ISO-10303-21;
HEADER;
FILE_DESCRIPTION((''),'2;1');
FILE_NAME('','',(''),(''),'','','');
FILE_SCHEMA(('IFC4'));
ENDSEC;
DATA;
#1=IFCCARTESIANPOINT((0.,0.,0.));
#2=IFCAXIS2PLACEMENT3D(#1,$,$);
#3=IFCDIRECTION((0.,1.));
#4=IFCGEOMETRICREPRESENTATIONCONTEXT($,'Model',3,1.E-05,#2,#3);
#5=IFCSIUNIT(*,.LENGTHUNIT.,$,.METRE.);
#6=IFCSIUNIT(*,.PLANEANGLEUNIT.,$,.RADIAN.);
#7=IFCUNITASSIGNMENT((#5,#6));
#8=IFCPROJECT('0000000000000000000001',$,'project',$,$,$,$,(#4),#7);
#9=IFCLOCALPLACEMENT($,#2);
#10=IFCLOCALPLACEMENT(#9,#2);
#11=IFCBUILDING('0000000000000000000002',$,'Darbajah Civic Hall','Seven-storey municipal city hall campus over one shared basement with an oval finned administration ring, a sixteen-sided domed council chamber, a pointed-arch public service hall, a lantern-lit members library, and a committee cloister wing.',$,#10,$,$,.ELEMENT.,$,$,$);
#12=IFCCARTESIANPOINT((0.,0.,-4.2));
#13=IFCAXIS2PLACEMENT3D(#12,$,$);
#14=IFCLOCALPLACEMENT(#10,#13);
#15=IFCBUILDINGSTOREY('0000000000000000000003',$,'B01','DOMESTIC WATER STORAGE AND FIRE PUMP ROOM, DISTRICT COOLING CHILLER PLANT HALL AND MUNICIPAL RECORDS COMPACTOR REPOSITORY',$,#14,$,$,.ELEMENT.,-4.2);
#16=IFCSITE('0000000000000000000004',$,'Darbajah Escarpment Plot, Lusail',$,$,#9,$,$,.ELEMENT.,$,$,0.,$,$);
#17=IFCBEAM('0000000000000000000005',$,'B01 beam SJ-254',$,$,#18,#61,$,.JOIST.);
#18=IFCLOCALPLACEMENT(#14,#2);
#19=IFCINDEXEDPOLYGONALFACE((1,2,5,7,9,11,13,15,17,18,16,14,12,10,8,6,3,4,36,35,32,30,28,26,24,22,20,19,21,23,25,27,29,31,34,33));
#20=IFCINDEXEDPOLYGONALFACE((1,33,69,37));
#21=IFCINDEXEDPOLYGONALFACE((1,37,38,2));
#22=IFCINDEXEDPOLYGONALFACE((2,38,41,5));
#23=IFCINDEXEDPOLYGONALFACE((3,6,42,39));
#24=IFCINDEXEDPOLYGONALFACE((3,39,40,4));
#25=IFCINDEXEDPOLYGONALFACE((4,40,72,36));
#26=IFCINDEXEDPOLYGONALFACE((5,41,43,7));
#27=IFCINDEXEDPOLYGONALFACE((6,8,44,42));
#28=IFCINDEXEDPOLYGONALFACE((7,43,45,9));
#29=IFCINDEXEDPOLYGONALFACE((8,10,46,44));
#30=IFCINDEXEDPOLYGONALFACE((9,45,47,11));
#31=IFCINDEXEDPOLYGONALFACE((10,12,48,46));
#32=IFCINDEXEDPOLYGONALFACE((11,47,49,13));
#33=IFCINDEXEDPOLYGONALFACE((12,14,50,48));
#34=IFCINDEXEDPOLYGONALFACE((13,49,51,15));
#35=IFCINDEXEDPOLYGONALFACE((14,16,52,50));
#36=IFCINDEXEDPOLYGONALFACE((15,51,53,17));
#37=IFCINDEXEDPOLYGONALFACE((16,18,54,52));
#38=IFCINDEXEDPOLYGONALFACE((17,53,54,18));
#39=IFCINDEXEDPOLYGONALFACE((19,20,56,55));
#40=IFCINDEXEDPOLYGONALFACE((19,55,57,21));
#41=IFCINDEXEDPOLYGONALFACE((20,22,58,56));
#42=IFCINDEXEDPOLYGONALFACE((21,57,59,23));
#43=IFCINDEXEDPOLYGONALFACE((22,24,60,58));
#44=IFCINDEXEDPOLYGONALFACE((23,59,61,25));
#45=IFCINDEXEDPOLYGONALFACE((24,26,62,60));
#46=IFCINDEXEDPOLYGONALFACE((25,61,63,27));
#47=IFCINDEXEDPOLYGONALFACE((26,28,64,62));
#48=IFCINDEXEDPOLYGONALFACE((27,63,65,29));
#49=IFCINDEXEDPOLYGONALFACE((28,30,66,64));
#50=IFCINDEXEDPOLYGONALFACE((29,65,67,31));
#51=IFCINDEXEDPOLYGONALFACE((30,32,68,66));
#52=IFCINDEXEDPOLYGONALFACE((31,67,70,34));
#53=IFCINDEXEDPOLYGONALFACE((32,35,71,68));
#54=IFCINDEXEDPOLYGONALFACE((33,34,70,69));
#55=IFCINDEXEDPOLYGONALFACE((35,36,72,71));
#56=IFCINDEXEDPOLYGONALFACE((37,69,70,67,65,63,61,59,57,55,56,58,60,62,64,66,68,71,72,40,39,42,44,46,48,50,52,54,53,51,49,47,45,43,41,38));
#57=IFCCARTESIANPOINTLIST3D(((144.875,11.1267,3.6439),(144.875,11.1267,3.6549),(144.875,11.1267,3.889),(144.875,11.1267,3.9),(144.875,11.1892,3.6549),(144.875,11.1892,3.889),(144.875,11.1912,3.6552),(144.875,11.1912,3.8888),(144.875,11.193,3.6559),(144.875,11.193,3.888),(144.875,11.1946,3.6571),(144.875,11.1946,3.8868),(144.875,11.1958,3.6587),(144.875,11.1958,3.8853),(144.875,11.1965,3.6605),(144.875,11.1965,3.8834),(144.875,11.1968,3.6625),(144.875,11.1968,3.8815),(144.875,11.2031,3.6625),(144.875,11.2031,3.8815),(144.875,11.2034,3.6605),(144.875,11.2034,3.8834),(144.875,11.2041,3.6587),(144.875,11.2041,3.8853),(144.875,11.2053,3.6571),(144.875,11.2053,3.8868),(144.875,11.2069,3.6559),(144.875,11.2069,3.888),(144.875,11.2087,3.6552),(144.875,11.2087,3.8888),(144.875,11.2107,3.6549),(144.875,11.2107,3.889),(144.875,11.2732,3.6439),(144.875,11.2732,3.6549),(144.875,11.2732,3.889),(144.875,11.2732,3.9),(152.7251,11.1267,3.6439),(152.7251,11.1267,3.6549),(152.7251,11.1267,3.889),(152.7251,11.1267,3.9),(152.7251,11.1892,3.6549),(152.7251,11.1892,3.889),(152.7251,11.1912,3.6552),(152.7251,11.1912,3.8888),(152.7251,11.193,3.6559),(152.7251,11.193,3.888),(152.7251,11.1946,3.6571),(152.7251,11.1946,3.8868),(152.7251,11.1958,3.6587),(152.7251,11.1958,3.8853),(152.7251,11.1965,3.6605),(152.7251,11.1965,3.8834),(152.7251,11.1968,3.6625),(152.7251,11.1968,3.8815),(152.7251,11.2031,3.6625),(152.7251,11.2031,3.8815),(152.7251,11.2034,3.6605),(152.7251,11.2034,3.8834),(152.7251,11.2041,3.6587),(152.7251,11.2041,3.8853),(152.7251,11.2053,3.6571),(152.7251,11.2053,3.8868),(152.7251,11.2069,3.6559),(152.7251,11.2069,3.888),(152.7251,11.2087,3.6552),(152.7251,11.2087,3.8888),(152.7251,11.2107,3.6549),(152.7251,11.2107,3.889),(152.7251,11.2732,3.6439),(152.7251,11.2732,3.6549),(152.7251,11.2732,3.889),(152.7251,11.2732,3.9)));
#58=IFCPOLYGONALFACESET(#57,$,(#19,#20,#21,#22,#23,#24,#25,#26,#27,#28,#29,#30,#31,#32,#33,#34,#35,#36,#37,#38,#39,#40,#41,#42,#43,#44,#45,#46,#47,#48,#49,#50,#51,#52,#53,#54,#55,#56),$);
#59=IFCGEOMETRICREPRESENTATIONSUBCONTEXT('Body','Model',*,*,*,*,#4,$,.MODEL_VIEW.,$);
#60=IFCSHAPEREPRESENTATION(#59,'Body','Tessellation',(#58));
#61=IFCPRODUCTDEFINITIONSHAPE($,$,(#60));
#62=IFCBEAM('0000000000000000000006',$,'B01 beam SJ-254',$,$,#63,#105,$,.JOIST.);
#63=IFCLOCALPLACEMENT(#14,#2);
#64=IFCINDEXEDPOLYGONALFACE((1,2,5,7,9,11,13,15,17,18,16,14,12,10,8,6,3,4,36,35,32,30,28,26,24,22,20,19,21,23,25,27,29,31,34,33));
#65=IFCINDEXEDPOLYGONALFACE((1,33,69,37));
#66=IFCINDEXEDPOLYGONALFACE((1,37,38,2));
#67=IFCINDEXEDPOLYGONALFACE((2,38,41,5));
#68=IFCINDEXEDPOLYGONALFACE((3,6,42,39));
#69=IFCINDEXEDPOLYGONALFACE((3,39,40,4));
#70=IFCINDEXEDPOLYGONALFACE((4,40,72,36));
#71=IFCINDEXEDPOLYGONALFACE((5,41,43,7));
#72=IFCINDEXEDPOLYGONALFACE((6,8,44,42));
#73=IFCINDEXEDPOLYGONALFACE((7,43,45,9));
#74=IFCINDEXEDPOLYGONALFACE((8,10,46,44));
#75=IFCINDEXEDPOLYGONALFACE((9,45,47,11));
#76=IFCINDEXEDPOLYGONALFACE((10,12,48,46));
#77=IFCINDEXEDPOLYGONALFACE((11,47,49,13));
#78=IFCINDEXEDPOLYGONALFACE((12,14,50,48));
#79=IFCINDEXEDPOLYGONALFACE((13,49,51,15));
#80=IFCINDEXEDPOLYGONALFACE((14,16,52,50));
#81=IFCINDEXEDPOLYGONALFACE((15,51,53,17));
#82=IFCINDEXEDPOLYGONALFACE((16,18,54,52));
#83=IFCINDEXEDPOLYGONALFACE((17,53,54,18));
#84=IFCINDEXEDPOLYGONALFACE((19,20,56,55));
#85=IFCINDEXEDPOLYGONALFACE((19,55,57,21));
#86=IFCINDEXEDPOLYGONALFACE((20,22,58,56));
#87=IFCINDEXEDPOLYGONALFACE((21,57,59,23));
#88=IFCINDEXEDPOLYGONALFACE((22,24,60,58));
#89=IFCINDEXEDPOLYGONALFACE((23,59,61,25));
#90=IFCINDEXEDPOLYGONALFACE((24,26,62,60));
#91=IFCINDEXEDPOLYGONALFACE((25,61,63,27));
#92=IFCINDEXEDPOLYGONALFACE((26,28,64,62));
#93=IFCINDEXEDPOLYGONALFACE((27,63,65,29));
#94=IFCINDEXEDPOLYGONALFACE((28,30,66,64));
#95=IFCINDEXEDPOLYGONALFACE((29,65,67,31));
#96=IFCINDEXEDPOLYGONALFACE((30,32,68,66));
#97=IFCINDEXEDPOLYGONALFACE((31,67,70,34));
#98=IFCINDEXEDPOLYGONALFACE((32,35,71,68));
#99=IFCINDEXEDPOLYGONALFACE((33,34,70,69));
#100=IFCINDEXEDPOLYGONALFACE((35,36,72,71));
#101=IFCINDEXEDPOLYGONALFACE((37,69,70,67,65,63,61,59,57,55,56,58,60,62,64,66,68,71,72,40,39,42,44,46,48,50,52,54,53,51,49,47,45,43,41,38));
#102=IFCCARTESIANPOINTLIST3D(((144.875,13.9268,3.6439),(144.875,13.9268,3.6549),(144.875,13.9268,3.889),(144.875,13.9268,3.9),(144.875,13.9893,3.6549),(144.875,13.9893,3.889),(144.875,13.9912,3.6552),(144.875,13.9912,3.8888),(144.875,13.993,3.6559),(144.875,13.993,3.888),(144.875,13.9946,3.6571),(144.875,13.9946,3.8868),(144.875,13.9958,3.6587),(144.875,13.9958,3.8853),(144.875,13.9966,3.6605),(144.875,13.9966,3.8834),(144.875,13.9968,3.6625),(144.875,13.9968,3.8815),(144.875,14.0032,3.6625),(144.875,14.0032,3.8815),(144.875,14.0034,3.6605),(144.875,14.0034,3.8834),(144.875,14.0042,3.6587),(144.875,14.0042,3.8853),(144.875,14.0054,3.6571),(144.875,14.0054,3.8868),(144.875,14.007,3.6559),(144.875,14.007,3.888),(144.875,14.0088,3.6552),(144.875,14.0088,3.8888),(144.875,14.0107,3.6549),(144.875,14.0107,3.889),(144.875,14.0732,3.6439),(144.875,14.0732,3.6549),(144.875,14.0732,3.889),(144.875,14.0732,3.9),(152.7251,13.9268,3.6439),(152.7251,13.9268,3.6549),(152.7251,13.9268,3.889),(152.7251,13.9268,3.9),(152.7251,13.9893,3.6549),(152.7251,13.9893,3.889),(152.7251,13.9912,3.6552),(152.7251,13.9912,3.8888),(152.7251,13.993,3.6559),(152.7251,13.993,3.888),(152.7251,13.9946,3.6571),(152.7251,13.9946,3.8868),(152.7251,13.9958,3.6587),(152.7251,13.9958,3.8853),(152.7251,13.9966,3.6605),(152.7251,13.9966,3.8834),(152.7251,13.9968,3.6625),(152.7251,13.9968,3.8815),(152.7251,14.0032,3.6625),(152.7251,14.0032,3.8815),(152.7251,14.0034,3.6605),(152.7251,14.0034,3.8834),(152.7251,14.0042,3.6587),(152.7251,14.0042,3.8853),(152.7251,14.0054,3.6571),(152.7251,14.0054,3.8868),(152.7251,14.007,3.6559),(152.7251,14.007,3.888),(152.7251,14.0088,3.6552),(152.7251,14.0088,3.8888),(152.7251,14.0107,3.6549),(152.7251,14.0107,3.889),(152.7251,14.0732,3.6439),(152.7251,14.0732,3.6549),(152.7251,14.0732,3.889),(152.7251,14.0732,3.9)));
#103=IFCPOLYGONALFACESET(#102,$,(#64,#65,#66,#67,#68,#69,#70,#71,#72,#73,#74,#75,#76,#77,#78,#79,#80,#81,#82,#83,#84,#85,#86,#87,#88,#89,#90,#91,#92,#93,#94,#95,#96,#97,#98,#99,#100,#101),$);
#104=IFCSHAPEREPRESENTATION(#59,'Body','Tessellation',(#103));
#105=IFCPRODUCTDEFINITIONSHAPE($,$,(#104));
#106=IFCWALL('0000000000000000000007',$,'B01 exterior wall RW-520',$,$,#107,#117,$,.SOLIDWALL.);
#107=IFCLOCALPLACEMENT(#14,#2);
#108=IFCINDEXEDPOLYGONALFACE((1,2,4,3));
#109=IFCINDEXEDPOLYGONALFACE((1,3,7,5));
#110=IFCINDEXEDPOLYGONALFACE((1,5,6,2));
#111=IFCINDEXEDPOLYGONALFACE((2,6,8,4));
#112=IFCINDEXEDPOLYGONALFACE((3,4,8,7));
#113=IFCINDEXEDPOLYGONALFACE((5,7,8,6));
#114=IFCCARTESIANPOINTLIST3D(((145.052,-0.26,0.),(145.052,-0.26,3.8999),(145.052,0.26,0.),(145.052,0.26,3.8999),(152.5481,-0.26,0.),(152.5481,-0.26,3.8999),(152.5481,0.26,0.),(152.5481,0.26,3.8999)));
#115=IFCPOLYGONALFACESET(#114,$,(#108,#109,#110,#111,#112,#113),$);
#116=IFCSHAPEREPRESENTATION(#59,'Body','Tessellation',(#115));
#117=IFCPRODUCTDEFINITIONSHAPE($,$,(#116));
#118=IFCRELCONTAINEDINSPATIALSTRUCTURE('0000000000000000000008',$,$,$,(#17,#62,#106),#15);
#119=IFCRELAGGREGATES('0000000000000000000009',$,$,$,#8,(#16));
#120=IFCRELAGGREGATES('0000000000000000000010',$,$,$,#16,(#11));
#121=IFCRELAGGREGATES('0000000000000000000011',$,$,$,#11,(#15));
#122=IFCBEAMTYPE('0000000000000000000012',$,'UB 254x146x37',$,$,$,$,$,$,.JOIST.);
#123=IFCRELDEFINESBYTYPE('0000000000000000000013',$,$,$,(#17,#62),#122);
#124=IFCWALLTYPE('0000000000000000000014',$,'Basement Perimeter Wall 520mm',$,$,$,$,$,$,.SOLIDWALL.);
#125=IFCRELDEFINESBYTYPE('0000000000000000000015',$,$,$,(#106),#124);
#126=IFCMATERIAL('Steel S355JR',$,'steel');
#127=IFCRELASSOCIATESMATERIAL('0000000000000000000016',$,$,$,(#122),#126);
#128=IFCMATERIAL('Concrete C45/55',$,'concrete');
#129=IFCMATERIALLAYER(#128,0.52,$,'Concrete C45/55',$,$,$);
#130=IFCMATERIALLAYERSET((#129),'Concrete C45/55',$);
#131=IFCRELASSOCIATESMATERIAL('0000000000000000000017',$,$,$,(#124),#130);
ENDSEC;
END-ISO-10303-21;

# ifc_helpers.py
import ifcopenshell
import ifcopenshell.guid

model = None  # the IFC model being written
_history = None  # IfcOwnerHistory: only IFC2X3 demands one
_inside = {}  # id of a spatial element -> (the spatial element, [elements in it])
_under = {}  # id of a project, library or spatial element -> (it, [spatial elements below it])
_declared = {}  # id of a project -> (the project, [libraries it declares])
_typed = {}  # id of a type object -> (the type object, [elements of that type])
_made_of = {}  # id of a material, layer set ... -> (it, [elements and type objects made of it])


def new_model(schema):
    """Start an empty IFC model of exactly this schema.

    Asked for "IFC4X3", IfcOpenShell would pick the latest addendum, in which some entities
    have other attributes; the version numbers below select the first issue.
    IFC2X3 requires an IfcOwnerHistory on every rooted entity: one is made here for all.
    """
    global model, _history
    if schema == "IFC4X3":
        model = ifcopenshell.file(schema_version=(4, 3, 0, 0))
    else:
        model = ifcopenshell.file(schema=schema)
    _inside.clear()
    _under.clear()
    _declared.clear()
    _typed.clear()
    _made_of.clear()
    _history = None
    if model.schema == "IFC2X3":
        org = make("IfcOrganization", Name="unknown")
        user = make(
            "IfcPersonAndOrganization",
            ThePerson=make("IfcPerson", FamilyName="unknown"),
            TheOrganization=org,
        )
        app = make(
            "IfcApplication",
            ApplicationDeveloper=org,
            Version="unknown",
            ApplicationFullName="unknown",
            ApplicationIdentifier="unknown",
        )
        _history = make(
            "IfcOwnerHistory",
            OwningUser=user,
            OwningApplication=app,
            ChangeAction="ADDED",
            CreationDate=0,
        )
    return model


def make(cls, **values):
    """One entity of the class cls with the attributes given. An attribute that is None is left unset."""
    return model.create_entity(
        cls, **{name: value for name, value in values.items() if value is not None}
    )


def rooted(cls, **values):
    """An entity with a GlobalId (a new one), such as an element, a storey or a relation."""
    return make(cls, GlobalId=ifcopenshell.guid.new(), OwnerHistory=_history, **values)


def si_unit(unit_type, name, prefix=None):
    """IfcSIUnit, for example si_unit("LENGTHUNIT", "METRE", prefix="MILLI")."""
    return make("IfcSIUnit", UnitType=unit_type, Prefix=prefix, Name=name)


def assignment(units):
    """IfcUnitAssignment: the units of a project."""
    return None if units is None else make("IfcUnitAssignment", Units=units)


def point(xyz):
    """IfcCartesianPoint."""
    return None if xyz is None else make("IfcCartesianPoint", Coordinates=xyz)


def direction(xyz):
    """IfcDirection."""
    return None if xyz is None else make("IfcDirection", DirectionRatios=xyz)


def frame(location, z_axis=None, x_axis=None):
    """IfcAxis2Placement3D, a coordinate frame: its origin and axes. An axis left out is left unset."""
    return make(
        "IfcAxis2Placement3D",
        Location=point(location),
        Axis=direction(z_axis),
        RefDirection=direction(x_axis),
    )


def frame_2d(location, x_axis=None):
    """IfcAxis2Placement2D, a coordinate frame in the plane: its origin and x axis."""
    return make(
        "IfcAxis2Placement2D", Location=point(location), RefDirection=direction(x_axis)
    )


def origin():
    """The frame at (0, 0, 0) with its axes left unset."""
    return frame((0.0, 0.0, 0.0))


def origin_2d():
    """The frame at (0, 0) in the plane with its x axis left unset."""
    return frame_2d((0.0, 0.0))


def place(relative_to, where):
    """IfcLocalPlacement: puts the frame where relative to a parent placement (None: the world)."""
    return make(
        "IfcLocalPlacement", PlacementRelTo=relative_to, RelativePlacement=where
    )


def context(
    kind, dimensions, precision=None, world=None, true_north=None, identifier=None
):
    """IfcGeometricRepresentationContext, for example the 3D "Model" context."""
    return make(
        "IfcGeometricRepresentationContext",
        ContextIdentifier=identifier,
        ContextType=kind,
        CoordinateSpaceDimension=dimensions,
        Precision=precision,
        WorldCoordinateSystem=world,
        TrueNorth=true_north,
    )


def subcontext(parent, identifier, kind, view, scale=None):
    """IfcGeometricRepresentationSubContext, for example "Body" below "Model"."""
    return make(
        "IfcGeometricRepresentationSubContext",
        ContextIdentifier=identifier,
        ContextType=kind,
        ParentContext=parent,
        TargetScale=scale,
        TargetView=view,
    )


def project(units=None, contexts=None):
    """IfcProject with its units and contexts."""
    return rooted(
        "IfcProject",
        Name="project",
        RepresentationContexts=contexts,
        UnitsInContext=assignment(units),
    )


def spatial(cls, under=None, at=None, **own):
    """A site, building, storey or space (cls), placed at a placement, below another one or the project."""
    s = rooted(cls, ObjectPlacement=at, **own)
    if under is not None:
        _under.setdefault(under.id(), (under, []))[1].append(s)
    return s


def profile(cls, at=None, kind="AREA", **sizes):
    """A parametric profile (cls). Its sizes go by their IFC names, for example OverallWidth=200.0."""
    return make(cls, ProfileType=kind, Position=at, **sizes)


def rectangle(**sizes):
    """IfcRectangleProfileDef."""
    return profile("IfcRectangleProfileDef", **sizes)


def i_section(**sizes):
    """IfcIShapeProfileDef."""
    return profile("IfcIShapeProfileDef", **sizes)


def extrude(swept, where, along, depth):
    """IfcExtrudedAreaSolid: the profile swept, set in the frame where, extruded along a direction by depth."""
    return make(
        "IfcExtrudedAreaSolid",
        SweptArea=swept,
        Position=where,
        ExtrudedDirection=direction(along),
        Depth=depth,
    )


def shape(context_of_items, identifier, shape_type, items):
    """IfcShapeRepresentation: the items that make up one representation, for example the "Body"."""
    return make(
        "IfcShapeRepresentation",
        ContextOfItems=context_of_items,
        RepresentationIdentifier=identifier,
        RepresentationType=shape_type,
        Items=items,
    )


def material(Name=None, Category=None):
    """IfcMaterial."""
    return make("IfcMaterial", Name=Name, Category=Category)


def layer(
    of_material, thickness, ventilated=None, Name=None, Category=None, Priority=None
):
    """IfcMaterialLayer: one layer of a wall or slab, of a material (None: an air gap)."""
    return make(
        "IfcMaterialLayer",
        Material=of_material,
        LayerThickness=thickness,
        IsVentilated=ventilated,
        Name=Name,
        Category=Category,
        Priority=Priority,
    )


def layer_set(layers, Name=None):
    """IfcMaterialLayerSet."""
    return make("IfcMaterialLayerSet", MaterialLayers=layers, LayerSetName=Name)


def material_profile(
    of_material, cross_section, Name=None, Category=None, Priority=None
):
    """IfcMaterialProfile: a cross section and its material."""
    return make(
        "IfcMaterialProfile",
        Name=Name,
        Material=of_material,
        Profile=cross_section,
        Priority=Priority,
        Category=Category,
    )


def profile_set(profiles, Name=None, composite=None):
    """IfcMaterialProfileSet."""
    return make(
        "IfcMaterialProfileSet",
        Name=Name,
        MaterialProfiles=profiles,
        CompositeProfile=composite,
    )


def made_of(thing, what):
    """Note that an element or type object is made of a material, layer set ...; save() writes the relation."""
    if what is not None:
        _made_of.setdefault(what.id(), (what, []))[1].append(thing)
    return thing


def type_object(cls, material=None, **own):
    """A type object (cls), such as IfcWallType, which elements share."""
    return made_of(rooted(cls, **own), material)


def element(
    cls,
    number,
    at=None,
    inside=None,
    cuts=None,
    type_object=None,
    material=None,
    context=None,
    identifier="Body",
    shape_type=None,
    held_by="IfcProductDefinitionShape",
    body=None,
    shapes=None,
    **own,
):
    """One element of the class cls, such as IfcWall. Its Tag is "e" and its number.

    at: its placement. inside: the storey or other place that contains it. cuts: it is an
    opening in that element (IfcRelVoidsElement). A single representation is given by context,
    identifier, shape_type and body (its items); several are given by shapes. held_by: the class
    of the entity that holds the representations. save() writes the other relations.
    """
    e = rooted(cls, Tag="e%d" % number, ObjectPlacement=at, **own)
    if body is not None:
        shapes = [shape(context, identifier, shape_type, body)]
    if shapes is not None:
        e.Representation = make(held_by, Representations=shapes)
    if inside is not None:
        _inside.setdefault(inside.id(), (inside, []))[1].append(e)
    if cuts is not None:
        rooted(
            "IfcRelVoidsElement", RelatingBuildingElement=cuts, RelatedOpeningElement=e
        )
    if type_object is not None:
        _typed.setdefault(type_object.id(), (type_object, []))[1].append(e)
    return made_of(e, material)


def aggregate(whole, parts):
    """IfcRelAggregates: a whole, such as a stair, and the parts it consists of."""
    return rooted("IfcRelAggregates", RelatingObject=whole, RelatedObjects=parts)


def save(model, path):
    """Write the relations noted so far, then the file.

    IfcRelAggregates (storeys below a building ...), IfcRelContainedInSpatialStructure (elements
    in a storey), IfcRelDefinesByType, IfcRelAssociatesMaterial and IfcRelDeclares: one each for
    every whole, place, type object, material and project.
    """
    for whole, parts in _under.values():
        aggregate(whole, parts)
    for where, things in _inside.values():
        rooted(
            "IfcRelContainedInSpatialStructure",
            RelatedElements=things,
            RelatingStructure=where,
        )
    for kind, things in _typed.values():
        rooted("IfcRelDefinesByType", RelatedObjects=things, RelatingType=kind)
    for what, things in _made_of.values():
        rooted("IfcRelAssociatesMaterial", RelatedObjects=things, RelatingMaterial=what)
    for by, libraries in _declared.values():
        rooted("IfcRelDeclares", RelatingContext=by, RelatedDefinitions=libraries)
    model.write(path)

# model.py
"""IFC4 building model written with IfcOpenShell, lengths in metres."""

from ifc_helpers import new_model, si_unit, direction, frame, frame_2d, origin, origin_2d, place, context, subcontext, project, spatial, rectangle, i_section, extrude, material, layer, layer_set, material_profile, profile_set, type_object, element, save


model = new_model("IFC4")

# Units and contexts
model_context = context("Model", 3, precision=1e-05, world=origin(), true_north=direction((0.0, 1.0)))
body_context = subcontext(model_context, "Body", "Model", "MODEL_VIEW")
ifc_project = project(units=[si_unit("LENGTHUNIT", "METRE"), si_unit("PLANEANGLEUNIT", "RADIAN")], contexts=[model_context])

# Site, building, storey
site_placement = place(None, origin())
site = spatial("IfcSite", under=ifc_project, at=site_placement, Name="Darbajah Escarpment Plot, Lusail", CompositionType="ELEMENT", RefElevation=0.0)
building_placement = place(site_placement, origin())
building = spatial("IfcBuilding", under=site, at=building_placement, Name="Darbajah Civic Hall", Description="Seven-storey municipal city hall campus over one shared basement with an oval finned administration ring, a sixteen-sided domed council chamber, a pointed-arch public service hall, a lantern-lit members library, and a committee cloister wing.", CompositionType="ELEMENT")
storey_placement = place(building_placement, frame((0.0, 0.0, -4.2)))
storey = spatial("IfcBuildingStorey", under=building, at=storey_placement, Name="B01", Description="DOMESTIC WATER STORAGE AND FIRE PUMP ROOM, DISTRICT COOLING CHILLER PLANT HALL AND MUNICIPAL RECORDS COMPACTOR REPOSITORY", CompositionType="ELEMENT", Elevation=-4.2)

# Shared definitions
ifc_material_1 = material(Name="Concrete C45/55", Category="concrete")

# Beams
ifc_material_2 = material(Name="Steel S355JR", Category="steel")
ifc_material_profile_1 = material_profile(ifc_material_2, i_section(OverallWidth=0.1465, OverallDepth=0.2561, WebThickness=0.0063, FlangeThickness=0.011, FilletRadius=0.0076, at=origin_2d()), Name="UB 254x146x37")
ifc_profile_set_1 = profile_set([ifc_material_profile_1], Name="Steel S355JR")
beam_type_1 = type_object("IfcBeamType", Name="UB 254x146x37", PredefinedType="JOIST", material=ifc_profile_set_1)
for number, where, z_axis, x_axis, name in (
    (1, (144.875, 11.2, 3.772), (1.0, 0.0, 0.0), (0.0, 1.0, 0.0), "B01 beam SJ-254"),
    (2, (144.875, 14.0, 3.772), (1.0, 0.0, 0.0), (0.0, 1.0, 0.0), "B01 beam SJ-254"),
):
    element("IfcBeam", number, at=place(storey_placement, frame(where, z_axis=z_axis, x_axis=x_axis)), inside=storey, type_object=beam_type_1, Name=name, PredefinedType="JOIST", context=body_context, shape_type="SweptSolid", body=[
        extrude(i_section(OverallWidth=0.1465, OverallDepth=0.2561, WebThickness=0.0063, FlangeThickness=0.011, FilletRadius=0.0076, at=origin_2d()), origin(), (0.0, 0.0, 1.0), 7.8501),
    ])

# Wall
ifc_layer = layer(ifc_material_1, 0.52, Name="Concrete C45/55")
ifc_layer_set = layer_set([ifc_layer], Name="Concrete C45/55")
wall_type = type_object("IfcWallType", Name="Basement Perimeter Wall 520mm", PredefinedType="SOLIDWALL", material=ifc_layer_set)
wall_placement = place(storey_placement, frame((145.052, 0.0, 0.0), z_axis=(0.0, 0.0, 1.0), x_axis=(1.0, 0.0, 0.0)))
element("IfcWall", 3, at=wall_placement, inside=storey, type_object=wall_type, Name="B01 exterior wall RW-520", PredefinedType="SOLIDWALL", context=body_context, shape_type="SweptSolid", body=[
    extrude(rectangle(XDim=7.4961, YDim=0.52, at=frame_2d((3.748, 0.0))), origin(), (0.0, 0.0, 1.0), 3.8999),
])

save(model, "model.ifc")
